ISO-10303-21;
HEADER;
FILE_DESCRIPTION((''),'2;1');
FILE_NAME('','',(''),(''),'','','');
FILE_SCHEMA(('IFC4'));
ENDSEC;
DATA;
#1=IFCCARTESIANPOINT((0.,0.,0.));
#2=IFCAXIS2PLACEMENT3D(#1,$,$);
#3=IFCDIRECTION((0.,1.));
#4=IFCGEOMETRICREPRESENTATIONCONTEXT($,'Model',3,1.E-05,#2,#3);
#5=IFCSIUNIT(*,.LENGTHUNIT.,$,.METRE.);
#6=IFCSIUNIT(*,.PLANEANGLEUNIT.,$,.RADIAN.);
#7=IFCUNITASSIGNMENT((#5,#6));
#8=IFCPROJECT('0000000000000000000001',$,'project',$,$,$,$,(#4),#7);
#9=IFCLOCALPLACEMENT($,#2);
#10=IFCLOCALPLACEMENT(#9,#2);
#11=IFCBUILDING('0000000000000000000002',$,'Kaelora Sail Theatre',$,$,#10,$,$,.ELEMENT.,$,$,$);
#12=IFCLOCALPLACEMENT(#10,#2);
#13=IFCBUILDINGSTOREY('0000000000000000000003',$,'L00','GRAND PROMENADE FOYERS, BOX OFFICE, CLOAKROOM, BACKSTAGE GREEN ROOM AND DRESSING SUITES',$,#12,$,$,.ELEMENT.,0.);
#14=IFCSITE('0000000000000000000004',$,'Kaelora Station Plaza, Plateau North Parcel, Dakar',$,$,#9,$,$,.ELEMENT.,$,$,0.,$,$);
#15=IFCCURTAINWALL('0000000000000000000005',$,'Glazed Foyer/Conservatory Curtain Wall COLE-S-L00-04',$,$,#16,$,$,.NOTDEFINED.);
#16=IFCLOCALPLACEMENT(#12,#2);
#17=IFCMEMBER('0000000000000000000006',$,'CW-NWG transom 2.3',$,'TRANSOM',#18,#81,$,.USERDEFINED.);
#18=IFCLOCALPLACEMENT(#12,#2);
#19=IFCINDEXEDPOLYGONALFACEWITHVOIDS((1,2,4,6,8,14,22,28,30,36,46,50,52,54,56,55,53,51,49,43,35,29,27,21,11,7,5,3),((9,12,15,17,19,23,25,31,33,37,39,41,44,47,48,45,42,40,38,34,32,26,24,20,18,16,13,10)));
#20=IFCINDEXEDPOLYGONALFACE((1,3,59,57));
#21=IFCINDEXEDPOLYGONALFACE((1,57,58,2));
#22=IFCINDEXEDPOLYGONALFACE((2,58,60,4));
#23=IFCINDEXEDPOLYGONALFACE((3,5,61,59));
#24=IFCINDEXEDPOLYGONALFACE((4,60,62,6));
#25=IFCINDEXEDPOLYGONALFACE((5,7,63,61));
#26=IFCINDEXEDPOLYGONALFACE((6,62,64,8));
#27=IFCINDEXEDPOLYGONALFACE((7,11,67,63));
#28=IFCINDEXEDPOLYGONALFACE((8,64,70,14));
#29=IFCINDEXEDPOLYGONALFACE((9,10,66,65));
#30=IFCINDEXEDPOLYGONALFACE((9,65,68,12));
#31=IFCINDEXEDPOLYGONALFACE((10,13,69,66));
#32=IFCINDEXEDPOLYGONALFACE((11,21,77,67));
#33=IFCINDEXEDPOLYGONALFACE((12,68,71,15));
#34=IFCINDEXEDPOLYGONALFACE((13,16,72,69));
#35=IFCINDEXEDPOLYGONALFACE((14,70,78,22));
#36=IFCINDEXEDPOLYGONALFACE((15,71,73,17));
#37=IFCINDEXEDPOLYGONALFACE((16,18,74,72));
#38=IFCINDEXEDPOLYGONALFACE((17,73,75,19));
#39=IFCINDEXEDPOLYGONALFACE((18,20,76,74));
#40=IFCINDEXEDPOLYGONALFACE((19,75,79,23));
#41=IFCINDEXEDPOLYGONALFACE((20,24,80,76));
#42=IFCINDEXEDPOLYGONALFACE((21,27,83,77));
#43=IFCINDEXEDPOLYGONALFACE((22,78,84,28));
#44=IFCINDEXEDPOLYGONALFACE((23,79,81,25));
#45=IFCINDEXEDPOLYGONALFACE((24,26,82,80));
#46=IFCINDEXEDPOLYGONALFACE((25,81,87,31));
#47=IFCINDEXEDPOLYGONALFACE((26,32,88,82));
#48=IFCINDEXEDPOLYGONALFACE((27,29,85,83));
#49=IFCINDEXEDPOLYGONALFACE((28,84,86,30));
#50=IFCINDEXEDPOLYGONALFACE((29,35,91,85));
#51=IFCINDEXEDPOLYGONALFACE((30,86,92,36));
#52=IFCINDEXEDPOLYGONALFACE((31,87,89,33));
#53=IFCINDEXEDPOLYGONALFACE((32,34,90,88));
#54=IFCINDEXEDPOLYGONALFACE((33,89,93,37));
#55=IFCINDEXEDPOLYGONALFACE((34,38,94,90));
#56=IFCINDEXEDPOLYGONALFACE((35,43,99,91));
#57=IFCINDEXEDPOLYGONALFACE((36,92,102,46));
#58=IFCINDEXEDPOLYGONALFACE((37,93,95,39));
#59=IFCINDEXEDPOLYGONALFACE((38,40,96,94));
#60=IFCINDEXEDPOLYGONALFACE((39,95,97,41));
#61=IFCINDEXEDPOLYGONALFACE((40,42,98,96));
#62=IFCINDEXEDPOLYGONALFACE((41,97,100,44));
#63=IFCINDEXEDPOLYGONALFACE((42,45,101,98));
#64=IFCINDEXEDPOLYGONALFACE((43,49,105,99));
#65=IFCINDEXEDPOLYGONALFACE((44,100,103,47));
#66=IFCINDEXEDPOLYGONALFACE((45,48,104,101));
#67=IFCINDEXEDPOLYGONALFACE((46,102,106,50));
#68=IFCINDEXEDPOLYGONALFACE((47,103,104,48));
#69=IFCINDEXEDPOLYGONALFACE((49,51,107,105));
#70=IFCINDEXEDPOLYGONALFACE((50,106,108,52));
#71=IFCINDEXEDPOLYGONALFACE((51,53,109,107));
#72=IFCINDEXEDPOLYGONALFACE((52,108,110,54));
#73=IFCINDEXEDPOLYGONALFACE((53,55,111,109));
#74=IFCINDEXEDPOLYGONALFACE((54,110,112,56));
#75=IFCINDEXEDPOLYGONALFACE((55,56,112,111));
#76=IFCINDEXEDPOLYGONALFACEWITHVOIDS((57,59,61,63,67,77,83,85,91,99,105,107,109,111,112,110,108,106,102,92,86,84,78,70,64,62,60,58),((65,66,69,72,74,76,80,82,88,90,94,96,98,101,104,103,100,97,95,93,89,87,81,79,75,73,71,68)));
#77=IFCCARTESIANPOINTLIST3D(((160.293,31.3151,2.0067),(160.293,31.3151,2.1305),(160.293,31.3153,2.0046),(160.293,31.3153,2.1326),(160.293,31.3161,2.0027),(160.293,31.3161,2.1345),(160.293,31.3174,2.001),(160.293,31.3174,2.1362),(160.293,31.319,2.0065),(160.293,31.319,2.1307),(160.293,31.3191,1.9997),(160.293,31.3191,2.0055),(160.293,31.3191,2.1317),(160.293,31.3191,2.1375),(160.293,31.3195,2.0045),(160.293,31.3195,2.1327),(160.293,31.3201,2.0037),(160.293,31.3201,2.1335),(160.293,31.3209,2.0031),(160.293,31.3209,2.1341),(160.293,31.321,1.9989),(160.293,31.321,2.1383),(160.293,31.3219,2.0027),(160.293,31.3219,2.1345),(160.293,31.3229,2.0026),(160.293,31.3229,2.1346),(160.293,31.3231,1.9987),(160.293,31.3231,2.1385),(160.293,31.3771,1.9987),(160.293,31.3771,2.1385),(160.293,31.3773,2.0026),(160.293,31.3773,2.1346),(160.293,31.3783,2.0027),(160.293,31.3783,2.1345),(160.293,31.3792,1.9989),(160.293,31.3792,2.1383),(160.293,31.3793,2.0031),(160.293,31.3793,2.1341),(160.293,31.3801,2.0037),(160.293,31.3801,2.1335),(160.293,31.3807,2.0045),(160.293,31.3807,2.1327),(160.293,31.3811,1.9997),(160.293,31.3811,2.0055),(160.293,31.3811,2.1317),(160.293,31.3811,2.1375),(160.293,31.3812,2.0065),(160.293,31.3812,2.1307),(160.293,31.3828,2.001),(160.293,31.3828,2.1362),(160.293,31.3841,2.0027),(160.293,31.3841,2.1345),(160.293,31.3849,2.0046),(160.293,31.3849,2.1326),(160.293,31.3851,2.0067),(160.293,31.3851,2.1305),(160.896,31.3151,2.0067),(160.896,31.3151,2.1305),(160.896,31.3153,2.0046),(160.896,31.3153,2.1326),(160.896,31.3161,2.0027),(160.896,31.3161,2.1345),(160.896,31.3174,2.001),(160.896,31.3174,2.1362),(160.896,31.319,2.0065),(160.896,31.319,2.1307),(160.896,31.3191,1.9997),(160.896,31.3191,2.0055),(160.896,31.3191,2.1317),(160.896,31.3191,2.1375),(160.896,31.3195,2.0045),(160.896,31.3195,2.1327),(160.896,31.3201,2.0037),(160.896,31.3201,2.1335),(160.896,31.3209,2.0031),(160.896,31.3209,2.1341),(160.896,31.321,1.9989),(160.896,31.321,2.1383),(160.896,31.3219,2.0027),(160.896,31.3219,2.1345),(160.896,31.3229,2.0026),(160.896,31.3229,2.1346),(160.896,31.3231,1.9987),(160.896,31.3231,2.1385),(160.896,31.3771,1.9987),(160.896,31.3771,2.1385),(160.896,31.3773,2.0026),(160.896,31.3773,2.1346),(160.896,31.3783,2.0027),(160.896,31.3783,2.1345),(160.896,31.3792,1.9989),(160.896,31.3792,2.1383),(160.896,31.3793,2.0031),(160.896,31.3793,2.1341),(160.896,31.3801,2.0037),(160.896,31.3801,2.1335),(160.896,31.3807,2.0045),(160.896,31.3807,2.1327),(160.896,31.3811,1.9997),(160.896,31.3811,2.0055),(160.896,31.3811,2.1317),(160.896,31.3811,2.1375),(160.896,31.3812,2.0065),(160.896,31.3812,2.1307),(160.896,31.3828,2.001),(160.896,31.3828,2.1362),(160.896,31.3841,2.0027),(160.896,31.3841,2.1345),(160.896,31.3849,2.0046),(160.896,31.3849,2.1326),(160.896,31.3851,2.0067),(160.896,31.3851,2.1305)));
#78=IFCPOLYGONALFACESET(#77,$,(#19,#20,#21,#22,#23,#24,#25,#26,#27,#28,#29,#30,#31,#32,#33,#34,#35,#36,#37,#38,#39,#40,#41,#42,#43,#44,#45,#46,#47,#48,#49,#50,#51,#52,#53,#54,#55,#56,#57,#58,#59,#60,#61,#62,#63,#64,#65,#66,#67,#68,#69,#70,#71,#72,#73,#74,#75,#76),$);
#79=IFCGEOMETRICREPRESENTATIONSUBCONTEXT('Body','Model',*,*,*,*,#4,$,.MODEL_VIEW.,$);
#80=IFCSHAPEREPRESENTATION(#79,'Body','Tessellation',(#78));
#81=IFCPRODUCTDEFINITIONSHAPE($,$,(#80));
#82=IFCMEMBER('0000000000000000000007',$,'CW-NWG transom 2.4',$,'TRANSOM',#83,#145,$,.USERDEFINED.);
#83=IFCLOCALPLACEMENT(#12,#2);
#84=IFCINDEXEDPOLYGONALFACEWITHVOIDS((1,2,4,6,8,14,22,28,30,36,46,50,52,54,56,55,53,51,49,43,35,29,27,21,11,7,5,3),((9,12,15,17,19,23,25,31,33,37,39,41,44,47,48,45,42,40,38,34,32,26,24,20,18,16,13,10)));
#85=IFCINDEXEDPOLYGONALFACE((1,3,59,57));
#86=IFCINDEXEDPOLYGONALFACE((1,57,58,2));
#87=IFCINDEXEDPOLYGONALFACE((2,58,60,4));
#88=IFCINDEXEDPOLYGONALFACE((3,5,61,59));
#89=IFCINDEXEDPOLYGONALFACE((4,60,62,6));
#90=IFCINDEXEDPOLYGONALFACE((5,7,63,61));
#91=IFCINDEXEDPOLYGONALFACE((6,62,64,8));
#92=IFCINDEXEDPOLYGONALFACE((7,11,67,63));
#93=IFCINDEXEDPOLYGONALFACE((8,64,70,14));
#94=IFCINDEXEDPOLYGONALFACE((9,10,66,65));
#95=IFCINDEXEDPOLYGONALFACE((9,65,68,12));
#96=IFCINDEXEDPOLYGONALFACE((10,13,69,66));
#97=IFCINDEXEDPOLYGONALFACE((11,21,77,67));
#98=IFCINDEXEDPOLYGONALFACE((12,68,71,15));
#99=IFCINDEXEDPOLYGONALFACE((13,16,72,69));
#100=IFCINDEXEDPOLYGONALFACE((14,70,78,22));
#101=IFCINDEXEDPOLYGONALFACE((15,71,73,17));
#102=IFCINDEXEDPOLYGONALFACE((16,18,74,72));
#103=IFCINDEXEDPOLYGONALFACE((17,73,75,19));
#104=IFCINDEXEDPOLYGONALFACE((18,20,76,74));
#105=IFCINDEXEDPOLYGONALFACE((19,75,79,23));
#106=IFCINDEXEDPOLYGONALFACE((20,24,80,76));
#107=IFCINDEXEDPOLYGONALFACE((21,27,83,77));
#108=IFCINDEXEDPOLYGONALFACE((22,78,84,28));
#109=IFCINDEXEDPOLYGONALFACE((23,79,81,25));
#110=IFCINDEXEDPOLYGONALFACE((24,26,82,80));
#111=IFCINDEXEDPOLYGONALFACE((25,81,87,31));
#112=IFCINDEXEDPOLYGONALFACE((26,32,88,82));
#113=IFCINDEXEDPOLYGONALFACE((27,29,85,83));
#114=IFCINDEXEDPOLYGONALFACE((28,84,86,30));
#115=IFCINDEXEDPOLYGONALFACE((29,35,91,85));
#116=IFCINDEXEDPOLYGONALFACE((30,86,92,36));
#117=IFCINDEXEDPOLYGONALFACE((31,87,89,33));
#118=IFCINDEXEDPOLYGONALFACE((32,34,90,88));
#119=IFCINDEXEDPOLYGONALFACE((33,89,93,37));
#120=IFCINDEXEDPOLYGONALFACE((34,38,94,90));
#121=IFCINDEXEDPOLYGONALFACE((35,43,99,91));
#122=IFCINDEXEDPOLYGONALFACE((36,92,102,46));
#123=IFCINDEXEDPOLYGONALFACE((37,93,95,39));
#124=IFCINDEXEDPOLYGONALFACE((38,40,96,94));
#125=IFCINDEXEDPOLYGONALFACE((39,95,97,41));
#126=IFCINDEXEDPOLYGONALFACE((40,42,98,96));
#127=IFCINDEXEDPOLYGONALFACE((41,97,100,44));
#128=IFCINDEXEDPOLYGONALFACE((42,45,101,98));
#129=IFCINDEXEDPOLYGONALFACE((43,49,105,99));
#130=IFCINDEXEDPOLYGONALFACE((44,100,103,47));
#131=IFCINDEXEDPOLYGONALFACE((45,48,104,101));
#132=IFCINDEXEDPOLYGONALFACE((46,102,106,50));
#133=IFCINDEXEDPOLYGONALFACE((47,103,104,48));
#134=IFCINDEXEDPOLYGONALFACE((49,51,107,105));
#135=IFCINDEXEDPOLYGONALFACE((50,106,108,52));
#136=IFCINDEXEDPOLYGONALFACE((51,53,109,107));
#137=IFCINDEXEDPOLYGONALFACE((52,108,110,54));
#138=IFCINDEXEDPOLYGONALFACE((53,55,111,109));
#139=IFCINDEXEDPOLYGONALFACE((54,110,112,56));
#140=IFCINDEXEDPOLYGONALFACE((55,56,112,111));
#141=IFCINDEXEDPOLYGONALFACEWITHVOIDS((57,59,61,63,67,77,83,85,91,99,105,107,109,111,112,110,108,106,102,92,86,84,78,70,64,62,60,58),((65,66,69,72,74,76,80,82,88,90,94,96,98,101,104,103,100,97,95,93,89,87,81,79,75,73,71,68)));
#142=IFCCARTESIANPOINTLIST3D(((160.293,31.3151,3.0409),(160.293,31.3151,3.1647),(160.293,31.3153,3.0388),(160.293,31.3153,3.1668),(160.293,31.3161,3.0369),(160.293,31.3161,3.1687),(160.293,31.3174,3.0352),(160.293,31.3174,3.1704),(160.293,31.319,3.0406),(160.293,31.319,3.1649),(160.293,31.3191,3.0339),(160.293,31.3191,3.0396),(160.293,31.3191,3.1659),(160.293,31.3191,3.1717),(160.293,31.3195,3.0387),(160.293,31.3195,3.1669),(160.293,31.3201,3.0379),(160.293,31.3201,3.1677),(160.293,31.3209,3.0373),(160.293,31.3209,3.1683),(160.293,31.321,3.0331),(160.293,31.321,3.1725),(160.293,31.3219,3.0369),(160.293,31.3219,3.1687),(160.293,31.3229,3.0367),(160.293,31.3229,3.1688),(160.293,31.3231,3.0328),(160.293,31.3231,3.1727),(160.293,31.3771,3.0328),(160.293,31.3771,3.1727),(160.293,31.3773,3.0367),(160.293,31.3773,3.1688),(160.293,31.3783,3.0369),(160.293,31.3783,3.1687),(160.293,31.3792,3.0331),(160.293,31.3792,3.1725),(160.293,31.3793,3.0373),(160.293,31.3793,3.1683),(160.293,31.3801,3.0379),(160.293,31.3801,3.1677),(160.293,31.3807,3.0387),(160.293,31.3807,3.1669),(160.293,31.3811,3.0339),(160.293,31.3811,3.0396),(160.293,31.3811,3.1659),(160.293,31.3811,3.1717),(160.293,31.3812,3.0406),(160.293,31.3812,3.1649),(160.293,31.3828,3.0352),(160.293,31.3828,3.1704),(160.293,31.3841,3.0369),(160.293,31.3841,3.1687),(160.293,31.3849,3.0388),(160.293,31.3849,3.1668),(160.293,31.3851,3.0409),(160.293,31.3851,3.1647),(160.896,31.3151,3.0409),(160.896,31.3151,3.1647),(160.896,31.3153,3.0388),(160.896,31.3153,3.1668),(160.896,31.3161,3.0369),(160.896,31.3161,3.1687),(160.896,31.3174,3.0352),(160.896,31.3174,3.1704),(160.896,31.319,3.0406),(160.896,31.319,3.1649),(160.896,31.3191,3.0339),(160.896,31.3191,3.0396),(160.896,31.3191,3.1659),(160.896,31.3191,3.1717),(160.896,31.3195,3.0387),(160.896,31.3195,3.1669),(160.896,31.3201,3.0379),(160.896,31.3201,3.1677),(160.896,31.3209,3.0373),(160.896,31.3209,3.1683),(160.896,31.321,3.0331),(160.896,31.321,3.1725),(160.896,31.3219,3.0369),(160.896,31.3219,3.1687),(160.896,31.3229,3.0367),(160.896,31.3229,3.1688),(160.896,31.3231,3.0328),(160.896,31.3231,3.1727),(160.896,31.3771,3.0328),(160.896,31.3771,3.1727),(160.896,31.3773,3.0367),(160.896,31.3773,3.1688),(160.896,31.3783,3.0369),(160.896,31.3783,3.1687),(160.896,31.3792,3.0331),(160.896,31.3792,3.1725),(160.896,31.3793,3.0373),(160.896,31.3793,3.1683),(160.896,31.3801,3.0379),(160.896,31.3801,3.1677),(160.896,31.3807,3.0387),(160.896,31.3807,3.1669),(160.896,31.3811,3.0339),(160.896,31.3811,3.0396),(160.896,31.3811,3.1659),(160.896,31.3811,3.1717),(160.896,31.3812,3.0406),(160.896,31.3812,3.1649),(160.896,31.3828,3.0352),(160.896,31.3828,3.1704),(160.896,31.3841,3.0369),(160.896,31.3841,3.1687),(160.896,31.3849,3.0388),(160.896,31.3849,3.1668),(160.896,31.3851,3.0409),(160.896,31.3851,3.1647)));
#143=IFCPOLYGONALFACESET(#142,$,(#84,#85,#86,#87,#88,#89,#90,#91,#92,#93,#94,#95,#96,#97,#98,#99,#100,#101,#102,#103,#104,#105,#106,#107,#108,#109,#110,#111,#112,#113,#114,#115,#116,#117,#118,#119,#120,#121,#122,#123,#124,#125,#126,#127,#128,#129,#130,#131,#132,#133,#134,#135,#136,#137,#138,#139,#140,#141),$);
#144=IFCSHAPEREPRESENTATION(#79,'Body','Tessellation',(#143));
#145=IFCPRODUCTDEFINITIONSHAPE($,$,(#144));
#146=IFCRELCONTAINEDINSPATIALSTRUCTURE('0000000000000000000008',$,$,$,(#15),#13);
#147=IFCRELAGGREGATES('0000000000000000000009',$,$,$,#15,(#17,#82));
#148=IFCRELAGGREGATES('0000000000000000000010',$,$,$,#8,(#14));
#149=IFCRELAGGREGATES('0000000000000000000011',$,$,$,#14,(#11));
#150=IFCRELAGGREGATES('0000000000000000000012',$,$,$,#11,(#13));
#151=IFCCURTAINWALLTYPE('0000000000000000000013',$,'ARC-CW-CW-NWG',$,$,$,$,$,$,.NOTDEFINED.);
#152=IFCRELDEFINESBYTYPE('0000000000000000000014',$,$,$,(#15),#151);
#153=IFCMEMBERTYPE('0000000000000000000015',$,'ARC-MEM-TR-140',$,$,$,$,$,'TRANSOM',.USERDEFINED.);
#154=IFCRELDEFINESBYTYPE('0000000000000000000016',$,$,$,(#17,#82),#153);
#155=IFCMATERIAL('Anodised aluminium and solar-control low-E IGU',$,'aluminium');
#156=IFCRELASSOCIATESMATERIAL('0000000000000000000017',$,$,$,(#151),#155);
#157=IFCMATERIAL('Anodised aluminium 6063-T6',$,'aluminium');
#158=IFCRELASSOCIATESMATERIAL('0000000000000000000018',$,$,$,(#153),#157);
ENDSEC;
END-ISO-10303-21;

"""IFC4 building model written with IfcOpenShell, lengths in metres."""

from ifc_helpers import new_model, si_unit, direction, frame, origin, origin_2d, place, context, subcontext, project, spatial, hollow_rectangle, extrude, material, material_profile, profile_set, type_object, element, aggregate, save


model = new_model("IFC4")

# Units and contexts
model_context = context("Model", 3, precision=1e-05, world=origin(), true_north=direction((0.0, 1.0)))
body_context = subcontext(model_context, "Body", "Model", "MODEL_VIEW")
ifc_project = project(units=[si_unit("LENGTHUNIT", "METRE"), si_unit("PLANEANGLEUNIT", "RADIAN")], contexts=[model_context])

# Site, building, storey
site_placement = place(None, origin())
site = spatial("IfcSite", under=ifc_project, at=site_placement, Name="Kaelora Station Plaza, Plateau North Parcel, Dakar", CompositionType="ELEMENT", RefElevation=0.0)
building_placement = place(site_placement, origin())
building = spatial("IfcBuilding", under=site, at=building_placement, Name="Kaelora Sail Theatre", CompositionType="ELEMENT")
storey_placement = place(building_placement, origin())
storey = spatial("IfcBuildingStorey", under=building, at=storey_placement, Name="L00", Description="GRAND PROMENADE FOYERS, BOX OFFICE, CLOAKROOM, BACKSTAGE GREEN ROOM AND DRESSING SUITES", CompositionType="ELEMENT", Elevation=0.0)

# Curtain wall, members
ifc_material_1 = material(Name="Anodised aluminium and solar-control low-E IGU", Category="aluminium")
curtain_wall_type = type_object("IfcCurtainWallType", Name="ARC-CW-CW-NWG", PredefinedType="NOTDEFINED", material=ifc_material_1)
ifc_material_2 = material(Name="Anodised aluminium 6063-T6", Category="aluminium")
ifc_material_profile = material_profile(ifc_material_2, hollow_rectangle(XDim=0.0701, YDim=0.1399, WallThickness=0.0039, InnerFilletRadius=0.0039, OuterFilletRadius=0.0081, at=origin_2d()), Name="ALU-TRAN 70x140x4")
ifc_profile_set = profile_set([ifc_material_profile], Name="Anodised aluminium 6063-T6")
member_type = type_object("IfcMemberType", Name="ARC-MEM-TR-140", ElementType="TRANSOM", PredefinedType="USERDEFINED", material=ifc_profile_set)
curtain_wall_1_placement = place(storey_placement, origin())
curtain_wall_1 = element("IfcCurtainWall", 1, at=curtain_wall_1_placement, inside=storey, type_object=curtain_wall_type, Name="Glazed Foyer/Conservatory Curtain Wall COLE-S-L00-04", PredefinedType="NOTDEFINED")
member_1_placement = place(storey_placement, frame((160.293, 31.3501, 2.0686), z_axis=(1.0, 0.0, 0.0), x_axis=(0.0, 1.0, 0.0)))
member_1 = element("IfcMember", 2, at=member_1_placement, type_object=member_type, Name="CW-NWG transom 2.3", ObjectType="TRANSOM", PredefinedType="USERDEFINED", context=body_context, shape_type="SweptSolid", body=[
    extrude(hollow_rectangle(XDim=0.0701, YDim=0.1399, WallThickness=0.0039, InnerFilletRadius=0.0039, OuterFilletRadius=0.0081, at=origin_2d()), origin(), (0.0, 0.0, 1.0), 0.603),
])
member_2_placement = place(storey_placement, frame((160.293, 31.3501, 3.1028), z_axis=(1.0, 0.0, 0.0), x_axis=(0.0, 1.0, 0.0)))
member_2 = element("IfcMember", 3, at=member_2_placement, type_object=member_type, Name="CW-NWG transom 2.4", ObjectType="TRANSOM", PredefinedType="USERDEFINED", context=body_context, shape_type="SweptSolid", body=[
    extrude(hollow_rectangle(XDim=0.0701, YDim=0.1399, WallThickness=0.0039, InnerFilletRadius=0.0039, OuterFilletRadius=0.0081, at=origin_2d()), origin(), (0.0, 0.0, 1.0), 0.603),
])

aggregate(curtain_wall_1, [member_1, member_2])

save(model, "model.ifc")
